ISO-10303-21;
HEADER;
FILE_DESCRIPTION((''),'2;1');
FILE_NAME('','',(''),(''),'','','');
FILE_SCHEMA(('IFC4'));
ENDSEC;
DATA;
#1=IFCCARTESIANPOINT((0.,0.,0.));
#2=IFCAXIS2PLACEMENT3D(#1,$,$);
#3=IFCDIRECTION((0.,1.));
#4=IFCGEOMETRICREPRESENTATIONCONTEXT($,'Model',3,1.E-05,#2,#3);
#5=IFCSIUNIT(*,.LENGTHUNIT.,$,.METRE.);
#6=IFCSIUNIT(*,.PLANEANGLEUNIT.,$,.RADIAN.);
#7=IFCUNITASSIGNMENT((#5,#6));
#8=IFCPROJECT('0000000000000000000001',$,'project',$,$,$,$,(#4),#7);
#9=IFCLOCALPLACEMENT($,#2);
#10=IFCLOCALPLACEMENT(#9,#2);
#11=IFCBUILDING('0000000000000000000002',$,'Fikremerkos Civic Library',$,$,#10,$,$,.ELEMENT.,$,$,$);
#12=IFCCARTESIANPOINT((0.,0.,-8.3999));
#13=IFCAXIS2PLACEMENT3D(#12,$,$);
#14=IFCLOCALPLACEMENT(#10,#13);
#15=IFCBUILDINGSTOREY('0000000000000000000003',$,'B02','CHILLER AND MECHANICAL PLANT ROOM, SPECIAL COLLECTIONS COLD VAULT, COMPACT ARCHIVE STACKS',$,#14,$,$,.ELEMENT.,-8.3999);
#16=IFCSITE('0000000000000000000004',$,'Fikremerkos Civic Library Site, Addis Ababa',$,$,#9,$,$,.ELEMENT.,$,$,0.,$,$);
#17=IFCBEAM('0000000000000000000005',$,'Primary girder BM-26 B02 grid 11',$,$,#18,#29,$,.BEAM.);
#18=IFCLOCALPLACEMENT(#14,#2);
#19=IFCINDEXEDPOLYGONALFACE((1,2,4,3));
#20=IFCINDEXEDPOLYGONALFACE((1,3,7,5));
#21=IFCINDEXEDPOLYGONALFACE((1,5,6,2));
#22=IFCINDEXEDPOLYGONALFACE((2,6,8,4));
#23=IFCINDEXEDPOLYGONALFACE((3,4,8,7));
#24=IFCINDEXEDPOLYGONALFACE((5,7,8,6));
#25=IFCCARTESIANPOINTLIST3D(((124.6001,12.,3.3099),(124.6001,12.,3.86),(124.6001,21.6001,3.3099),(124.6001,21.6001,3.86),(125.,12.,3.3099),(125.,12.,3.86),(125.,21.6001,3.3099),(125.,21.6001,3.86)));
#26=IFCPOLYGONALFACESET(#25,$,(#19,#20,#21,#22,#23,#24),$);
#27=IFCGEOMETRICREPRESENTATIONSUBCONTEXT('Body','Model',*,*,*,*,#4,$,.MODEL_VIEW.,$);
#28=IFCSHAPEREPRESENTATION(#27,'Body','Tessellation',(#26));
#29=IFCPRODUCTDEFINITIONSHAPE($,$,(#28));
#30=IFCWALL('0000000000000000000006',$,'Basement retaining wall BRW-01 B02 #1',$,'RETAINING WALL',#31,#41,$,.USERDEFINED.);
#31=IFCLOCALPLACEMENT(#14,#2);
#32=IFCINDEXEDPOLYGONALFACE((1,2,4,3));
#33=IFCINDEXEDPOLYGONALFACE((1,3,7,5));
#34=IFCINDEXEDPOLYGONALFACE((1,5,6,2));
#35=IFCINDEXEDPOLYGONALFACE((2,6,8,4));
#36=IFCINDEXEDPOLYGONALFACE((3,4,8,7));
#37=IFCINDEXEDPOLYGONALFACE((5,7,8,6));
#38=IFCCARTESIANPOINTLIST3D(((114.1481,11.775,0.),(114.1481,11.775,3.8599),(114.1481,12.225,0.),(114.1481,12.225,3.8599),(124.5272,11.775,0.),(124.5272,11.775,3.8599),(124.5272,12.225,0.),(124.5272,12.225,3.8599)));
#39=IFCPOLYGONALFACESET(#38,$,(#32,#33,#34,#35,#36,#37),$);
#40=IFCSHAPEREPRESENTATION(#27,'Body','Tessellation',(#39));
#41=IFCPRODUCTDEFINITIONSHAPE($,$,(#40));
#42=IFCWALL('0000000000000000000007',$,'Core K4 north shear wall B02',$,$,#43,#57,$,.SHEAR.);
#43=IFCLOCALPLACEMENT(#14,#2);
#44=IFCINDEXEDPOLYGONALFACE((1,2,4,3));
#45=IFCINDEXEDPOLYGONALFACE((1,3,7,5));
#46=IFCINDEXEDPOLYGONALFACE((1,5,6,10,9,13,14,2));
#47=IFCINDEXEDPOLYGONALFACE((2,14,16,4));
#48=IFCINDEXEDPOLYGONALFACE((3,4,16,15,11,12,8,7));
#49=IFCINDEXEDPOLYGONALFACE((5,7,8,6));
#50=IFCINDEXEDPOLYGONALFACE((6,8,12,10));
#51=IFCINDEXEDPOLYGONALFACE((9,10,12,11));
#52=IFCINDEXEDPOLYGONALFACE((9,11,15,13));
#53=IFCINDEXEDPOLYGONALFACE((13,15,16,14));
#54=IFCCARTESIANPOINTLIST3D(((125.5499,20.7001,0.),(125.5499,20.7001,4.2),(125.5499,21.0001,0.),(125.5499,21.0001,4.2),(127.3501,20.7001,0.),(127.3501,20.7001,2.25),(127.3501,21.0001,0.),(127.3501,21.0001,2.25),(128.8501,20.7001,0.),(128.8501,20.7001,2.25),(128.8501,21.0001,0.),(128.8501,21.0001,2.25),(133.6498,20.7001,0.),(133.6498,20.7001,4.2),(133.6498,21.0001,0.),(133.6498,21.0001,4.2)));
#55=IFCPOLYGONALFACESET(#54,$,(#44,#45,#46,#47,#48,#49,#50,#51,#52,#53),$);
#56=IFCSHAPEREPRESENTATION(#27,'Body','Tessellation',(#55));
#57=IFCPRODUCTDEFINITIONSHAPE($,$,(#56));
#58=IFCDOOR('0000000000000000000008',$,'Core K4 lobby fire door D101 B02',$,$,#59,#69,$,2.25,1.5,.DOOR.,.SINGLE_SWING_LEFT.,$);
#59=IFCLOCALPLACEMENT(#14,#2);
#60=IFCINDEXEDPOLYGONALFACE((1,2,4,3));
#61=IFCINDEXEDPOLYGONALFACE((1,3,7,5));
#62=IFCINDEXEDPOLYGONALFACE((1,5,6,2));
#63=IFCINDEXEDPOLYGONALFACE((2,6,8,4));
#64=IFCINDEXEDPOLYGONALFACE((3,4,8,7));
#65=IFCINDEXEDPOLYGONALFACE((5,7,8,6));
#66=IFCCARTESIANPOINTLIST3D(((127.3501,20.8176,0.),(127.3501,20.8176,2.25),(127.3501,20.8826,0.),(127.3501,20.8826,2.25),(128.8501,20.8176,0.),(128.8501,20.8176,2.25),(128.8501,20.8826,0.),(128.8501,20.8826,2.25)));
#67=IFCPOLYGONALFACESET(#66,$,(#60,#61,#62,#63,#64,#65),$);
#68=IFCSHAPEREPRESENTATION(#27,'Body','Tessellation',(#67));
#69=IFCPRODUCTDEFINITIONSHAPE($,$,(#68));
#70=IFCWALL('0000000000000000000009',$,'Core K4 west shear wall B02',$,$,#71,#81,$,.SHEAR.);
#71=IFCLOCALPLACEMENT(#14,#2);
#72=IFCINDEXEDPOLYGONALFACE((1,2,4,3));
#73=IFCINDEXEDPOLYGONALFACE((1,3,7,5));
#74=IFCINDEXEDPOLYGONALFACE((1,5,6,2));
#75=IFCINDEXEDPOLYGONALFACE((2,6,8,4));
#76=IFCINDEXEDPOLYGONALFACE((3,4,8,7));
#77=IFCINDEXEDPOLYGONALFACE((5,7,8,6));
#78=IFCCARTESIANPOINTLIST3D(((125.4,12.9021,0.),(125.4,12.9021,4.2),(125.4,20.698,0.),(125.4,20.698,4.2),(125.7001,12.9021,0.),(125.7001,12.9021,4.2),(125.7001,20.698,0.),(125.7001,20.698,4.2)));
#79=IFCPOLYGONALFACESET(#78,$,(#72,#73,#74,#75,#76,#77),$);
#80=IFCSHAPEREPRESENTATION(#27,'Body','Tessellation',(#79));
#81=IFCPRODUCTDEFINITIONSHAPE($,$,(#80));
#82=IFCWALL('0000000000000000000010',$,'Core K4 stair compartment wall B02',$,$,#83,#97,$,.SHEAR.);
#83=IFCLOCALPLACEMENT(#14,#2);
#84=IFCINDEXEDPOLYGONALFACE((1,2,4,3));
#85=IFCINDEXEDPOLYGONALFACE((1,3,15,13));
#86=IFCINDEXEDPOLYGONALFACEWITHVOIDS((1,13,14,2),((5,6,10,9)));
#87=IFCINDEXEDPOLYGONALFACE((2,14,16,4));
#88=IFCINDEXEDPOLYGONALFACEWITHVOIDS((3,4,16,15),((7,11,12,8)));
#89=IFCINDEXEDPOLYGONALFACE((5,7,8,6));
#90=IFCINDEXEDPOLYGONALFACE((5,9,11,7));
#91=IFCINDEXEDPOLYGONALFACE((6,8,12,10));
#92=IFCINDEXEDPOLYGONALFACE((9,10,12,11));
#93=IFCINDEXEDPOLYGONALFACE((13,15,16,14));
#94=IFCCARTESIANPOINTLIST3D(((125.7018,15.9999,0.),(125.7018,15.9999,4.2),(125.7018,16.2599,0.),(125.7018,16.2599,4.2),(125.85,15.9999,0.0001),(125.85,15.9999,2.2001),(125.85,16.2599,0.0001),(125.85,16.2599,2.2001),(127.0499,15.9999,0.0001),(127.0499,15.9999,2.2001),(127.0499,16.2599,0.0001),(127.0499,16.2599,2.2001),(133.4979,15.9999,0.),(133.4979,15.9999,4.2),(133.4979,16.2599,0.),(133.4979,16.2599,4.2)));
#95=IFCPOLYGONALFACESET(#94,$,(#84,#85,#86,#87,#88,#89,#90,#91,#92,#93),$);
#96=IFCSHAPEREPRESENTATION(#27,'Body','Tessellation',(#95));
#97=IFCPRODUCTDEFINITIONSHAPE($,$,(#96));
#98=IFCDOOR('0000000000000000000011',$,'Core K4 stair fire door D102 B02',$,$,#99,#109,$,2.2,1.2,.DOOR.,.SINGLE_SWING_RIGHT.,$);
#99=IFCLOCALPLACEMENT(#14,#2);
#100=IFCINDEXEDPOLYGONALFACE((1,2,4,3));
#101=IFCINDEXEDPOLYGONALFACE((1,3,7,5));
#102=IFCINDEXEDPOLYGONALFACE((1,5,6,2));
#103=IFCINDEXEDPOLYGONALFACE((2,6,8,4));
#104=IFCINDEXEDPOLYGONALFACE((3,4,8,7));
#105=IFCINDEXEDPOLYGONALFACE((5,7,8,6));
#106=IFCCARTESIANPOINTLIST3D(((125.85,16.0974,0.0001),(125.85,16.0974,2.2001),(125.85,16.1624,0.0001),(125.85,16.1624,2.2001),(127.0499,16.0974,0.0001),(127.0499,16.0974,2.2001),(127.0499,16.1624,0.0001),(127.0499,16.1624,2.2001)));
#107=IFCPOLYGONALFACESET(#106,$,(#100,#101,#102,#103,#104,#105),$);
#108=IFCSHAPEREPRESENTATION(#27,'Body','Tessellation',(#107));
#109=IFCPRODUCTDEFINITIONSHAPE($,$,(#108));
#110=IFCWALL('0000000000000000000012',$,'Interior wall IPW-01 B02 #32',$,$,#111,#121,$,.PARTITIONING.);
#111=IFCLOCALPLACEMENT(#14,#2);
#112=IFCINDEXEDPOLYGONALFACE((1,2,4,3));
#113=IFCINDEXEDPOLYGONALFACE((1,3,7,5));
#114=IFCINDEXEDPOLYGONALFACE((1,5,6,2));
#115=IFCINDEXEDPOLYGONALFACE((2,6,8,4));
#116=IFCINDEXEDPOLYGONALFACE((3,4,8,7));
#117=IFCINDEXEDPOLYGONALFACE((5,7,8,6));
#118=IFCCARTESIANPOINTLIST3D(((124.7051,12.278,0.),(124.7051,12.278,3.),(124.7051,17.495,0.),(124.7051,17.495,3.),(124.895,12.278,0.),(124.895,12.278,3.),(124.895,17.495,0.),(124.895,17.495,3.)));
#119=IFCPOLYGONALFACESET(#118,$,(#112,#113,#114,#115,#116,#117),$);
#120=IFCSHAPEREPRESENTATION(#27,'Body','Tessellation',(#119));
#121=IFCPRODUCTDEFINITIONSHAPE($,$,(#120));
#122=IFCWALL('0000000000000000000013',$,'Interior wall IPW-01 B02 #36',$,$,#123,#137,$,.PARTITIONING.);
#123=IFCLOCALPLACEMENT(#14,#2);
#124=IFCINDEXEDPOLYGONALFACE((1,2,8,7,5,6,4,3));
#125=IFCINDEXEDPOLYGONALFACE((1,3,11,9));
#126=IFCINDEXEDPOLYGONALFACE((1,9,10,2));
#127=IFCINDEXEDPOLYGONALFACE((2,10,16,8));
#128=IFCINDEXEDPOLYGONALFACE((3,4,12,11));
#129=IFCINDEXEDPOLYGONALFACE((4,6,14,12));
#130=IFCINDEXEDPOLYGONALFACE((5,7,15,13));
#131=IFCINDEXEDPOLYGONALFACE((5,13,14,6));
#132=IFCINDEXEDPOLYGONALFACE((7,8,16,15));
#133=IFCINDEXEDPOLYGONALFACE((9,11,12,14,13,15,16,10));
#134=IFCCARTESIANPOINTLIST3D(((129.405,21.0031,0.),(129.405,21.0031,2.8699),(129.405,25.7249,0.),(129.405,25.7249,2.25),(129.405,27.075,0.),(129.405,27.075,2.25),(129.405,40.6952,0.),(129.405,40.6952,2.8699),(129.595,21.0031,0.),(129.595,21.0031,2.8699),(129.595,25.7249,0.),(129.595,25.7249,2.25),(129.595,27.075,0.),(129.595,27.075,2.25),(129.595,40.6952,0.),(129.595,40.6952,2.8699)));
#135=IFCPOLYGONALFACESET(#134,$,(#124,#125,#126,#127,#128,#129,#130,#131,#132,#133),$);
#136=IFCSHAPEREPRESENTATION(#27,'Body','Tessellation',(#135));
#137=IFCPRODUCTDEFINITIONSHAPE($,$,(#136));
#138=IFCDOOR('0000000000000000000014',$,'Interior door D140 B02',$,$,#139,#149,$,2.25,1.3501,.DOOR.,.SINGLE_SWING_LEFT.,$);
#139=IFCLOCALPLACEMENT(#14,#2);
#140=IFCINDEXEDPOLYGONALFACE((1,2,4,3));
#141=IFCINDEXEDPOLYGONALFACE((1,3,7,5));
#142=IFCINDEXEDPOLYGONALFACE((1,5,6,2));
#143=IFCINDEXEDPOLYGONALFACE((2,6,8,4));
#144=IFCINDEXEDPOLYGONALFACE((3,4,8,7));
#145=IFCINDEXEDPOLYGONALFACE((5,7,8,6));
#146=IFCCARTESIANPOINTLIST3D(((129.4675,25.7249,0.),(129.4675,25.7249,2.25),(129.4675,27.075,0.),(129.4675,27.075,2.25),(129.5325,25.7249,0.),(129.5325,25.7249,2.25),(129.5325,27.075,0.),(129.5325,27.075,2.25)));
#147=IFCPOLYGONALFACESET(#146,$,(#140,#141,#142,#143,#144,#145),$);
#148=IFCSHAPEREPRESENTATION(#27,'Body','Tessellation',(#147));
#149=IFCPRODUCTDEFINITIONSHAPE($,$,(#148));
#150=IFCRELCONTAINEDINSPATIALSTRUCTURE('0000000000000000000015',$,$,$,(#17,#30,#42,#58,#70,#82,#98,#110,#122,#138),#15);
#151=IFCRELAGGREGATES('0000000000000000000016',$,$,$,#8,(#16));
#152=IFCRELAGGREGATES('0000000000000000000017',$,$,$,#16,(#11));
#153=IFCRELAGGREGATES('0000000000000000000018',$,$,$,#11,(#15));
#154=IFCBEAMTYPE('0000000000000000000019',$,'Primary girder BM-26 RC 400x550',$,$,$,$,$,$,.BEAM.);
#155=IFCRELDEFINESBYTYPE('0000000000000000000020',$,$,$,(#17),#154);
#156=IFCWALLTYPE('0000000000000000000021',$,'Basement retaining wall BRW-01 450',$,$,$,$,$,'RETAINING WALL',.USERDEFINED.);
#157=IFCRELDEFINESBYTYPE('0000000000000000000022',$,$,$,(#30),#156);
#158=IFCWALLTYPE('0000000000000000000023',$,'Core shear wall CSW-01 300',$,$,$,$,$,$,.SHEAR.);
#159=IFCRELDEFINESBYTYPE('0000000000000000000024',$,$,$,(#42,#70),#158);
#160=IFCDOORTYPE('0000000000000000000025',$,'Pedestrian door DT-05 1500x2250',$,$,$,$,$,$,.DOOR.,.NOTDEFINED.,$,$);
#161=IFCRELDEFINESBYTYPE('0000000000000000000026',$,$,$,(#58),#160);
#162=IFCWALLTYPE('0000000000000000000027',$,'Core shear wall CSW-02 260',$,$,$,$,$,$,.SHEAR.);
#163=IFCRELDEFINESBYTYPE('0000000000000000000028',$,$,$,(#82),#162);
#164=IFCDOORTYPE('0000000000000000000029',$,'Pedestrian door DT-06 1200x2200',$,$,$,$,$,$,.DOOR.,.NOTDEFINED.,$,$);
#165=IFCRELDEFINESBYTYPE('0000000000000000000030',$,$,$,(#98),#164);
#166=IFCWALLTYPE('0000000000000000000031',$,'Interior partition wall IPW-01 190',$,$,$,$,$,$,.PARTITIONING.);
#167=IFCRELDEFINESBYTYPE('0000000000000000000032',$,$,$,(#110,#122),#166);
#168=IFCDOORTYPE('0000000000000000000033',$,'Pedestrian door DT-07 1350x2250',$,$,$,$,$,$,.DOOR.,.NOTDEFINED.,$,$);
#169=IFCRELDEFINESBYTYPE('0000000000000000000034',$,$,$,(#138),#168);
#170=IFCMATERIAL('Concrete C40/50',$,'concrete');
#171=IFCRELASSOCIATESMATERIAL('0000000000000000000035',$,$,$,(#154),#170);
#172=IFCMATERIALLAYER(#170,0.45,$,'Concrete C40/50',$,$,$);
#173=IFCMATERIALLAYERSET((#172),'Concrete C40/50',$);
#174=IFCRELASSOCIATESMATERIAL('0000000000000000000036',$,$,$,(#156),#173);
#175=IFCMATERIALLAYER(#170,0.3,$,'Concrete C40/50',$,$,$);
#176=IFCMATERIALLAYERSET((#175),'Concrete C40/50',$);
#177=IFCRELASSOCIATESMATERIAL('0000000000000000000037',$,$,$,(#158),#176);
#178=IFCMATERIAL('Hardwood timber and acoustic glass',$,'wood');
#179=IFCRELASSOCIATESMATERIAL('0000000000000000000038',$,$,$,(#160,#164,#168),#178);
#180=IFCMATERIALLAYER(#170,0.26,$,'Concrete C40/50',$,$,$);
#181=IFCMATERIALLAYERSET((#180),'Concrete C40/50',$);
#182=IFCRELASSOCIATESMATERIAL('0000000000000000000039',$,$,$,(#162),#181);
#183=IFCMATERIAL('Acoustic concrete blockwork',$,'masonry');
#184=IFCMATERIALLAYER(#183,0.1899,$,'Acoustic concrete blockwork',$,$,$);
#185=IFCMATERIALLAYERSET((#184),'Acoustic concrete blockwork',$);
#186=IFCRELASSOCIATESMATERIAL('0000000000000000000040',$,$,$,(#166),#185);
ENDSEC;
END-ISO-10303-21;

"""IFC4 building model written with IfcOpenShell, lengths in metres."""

from ifc_helpers import new_model, si_unit, direction, frame, frame_2d, origin, origin_2d, place, context, subcontext, project, spatial, rectangle, extrude, material, layer, layer_set, material_profile, profile_set, type_object, element, fill, save


model = new_model("IFC4")

# Units and contexts
model_context = context("Model", 3, precision=1e-05, world=origin(), true_north=direction((0.0, 1.0)))
body_context = subcontext(model_context, "Body", "Model", "MODEL_VIEW")
ifc_project = project(units=[si_unit("LENGTHUNIT", "METRE"), si_unit("PLANEANGLEUNIT", "RADIAN")], contexts=[model_context])

# Site, building, storey
site_placement = place(None, origin())
site = spatial("IfcSite", under=ifc_project, at=site_placement, Name="Fikremerkos Civic Library Site, Addis Ababa", CompositionType="ELEMENT", RefElevation=0.0)
building_placement = place(site_placement, origin())
building = spatial("IfcBuilding", under=site, at=building_placement, Name="Fikremerkos Civic Library", CompositionType="ELEMENT")
storey_placement = place(building_placement, frame((0.0, 0.0, -8.3999)))
storey = spatial("IfcBuildingStorey", under=building, at=storey_placement, Name="B02", Description="CHILLER AND MECHANICAL PLANT ROOM, SPECIAL COLLECTIONS COLD VAULT, COMPACT ARCHIVE STACKS", CompositionType="ELEMENT", Elevation=-8.3999)

# Shared definitions
ifc_material_1 = material(Name="Concrete C40/50", Category="concrete")

# Beam
ifc_material_profile_1 = material_profile(ifc_material_1, rectangle(XDim=0.3999, YDim=0.55, at=origin_2d()), Name="RC 400x550")
ifc_profile_set_1 = profile_set([ifc_material_profile_1], Name="Concrete C40/50")
beam_type_1 = type_object("IfcBeamType", Name="Primary girder BM-26 RC 400x550", PredefinedType="BEAM", material=ifc_profile_set_1)
beam_1_placement = place(storey_placement, frame((124.8, 12.0, 3.585), z_axis=(0.0, 1.0, 0.0), x_axis=(-1.0, 0.0, 0.0)))
element("IfcBeam", 1, at=beam_1_placement, inside=storey, type_object=beam_type_1, Name="Primary girder BM-26 B02 grid 11", PredefinedType="BEAM", context=body_context, shape_type="SweptSolid", body=[
    extrude(rectangle(XDim=0.3999, YDim=0.55, at=origin_2d()), origin(), (0.0, 0.0, 1.0), 9.6001),
])

# Wall
ifc_layer_1 = layer(ifc_material_1, 0.45, Name="Concrete C40/50")
ifc_layer_set_1 = layer_set([ifc_layer_1], Name="Concrete C40/50")
wall_type_1 = type_object("IfcWallType", Name="Basement retaining wall BRW-01 450", ElementType="RETAINING WALL", PredefinedType="USERDEFINED", material=ifc_layer_set_1)
wall_1_placement = place(storey_placement, frame((124.5271, 12.0, 0.0), z_axis=(0.0, 0.0, 1.0), x_axis=(-1.0, 0.0, 0.0)))
element("IfcWall", 2, at=wall_1_placement, inside=storey, type_object=wall_type_1, Name="Basement retaining wall BRW-01 B02 #1", ObjectType="RETAINING WALL", PredefinedType="USERDEFINED", context=body_context, shape_type="SweptSolid", body=[
    extrude(rectangle(XDim=10.3792, YDim=0.45, at=frame_2d((5.1895, 0.0))), origin(), (0.0, 0.0, 1.0), 3.8599),
])

# Wall, opening, door
ifc_layer_2 = layer(ifc_material_1, 0.3, Name="Concrete C40/50")
ifc_layer_set_2 = layer_set([ifc_layer_2], Name="Concrete C40/50")
wall_type_2 = type_object("IfcWallType", Name="Core shear wall CSW-01 300", PredefinedType="SHEAR", material=ifc_layer_set_2)
wall_2_placement = place(storey_placement, frame((125.55, 20.8501, 0.0), z_axis=(0.0, 0.0, 1.0), x_axis=(1.0, 0.0, 0.0)))
wall_2 = element("IfcWall", 3, at=wall_2_placement, inside=storey, type_object=wall_type_2, Name="Core K4 north shear wall B02", PredefinedType="SHEAR", context=body_context, shape_type="SweptSolid", body=[
    extrude(rectangle(XDim=8.0999, YDim=0.3, at=frame_2d((4.0498, 0.0))), origin(), (0.0, 0.0, 1.0), 4.2),
])
opening_1_placement = place(wall_2_placement, frame((1.8, 0.0, 0.0)))
opening_1 = element("IfcOpeningElement", 4, at=opening_1_placement, cuts=wall_2, PredefinedType="OPENING", context=body_context, shape_type="SweptSolid", body=[
    extrude(rectangle(XDim=1.5, YDim=2.25, at=frame_2d((0.75, 1.125))), frame((0.0, 0.1599, 0.0), z_axis=(0.0, -1.0, 0.0), x_axis=(1.0, 0.0, 0.0)), (0.0, 0.0, 1.0), 0.3201),
])
ifc_material_2 = material(Name="Hardwood timber and acoustic glass", Category="wood")
door_type_1 = type_object("IfcDoorType", Name="Pedestrian door DT-05 1500x2250", OperationType="NOTDEFINED", PredefinedType="DOOR", material=ifc_material_2)
door_1_placement = place(opening_1_placement, origin())
door_1 = element("IfcDoor", 5, at=door_1_placement, inside=storey, type_object=door_type_1, Name="Core K4 lobby fire door D101 B02", OperationType="SINGLE_SWING_LEFT", OverallHeight=2.25, OverallWidth=1.5, PredefinedType="DOOR", context=body_context, shape_type="SweptSolid", body=[
    extrude(rectangle(XDim=1.5, YDim=2.25, at=frame_2d((0.75, 1.125))), frame((0.0, 0.0325, 0.0), z_axis=(0.0, -1.0, 0.0), x_axis=(1.0, 0.0, 0.0)), (0.0, 0.0, 1.0), 0.0649),
])
fill(opening_1, door_1)

# Wall
wall_3_placement = place(storey_placement, frame((125.55, 12.9021, 0.0), z_axis=(0.0, 0.0, 1.0), x_axis=(0.0, 1.0, 0.0)))
element("IfcWall", 6, at=wall_3_placement, inside=storey, type_object=wall_type_2, Name="Core K4 west shear wall B02", PredefinedType="SHEAR", context=body_context, shape_type="SweptSolid", body=[
    extrude(rectangle(XDim=7.7959, YDim=0.3, at=frame_2d((3.8979, 0.0))), origin(), (0.0, 0.0, 1.0), 4.2),
])

# Wall, opening, door
ifc_layer_3 = layer(ifc_material_1, 0.26, Name="Concrete C40/50")
ifc_layer_set_3 = layer_set([ifc_layer_3], Name="Concrete C40/50")
wall_type_3 = type_object("IfcWallType", Name="Core shear wall CSW-02 260", PredefinedType="SHEAR", material=ifc_layer_set_3)
wall_4_placement = place(storey_placement, frame((125.7019, 16.1299, 0.0), z_axis=(0.0, 0.0, 1.0), x_axis=(1.0, 0.0, 0.0)))
wall_4 = element("IfcWall", 7, at=wall_4_placement, inside=storey, type_object=wall_type_3, Name="Core K4 stair compartment wall B02", PredefinedType="SHEAR", context=body_context, shape_type="SweptSolid", body=[
    extrude(rectangle(XDim=7.7961, YDim=0.26, at=frame_2d((3.8979, 0.0))), origin(), (0.0, 0.0, 1.0), 4.2),
])
opening_2_placement = place(wall_4_placement, frame((0.1479, 0.0, 0.0)))
opening_2 = element("IfcOpeningElement", 8, at=opening_2_placement, cuts=wall_4, PredefinedType="OPENING", context=body_context, shape_type="SweptSolid", body=[
    extrude(rectangle(XDim=1.2, YDim=2.2, at=frame_2d((0.6001, 1.1001))), frame((0.0, 0.1399, 0.0), z_axis=(0.0, -1.0, 0.0), x_axis=(1.0, 0.0, 0.0)), (0.0, 0.0, 1.0), 0.28),
])
door_type_2 = type_object("IfcDoorType", Name="Pedestrian door DT-06 1200x2200", OperationType="NOTDEFINED", PredefinedType="DOOR", material=ifc_material_2)
door_2_placement = place(opening_2_placement, origin())
door_2 = element("IfcDoor", 9, at=door_2_placement, inside=storey, type_object=door_type_2, Name="Core K4 stair fire door D102 B02", OperationType="SINGLE_SWING_RIGHT", OverallHeight=2.2, OverallWidth=1.2, PredefinedType="DOOR", context=body_context, shape_type="SweptSolid", body=[
    extrude(rectangle(XDim=1.2, YDim=2.2, at=frame_2d((0.6001, 1.1001))), frame((0.0, 0.0325, 0.0), z_axis=(0.0, -1.0, 0.0), x_axis=(1.0, 0.0, 0.0)), (0.0, 0.0, 1.0), 0.0649),
])
fill(opening_2, door_2)

# Wall
ifc_material_3 = material(Name="Acoustic concrete blockwork", Category="masonry")
ifc_layer_4 = layer(ifc_material_3, 0.1899, Name="Acoustic concrete blockwork")
ifc_layer_set_4 = layer_set([ifc_layer_4], Name="Acoustic concrete blockwork")
wall_type_4 = type_object("IfcWallType", Name="Interior partition wall IPW-01 190", PredefinedType="PARTITIONING", material=ifc_layer_set_4)
wall_5_placement = place(storey_placement, frame((124.8, 12.2781, 0.0), z_axis=(0.0, 0.0, 1.0), x_axis=(0.0, 1.0, 0.0)))
element("IfcWall", 10, at=wall_5_placement, inside=storey, type_object=wall_type_4, Name="Interior wall IPW-01 B02 #32", PredefinedType="PARTITIONING", context=body_context, shape_type="SweptSolid", body=[
    extrude(rectangle(XDim=5.217, YDim=0.1899, at=frame_2d((2.6084, 0.0))), origin(), (0.0, 0.0, 1.0), 3.0),
])

# Wall, opening, door
wall_6_placement = place(storey_placement, frame((129.5, 21.0029, 0.0), z_axis=(0.0, 0.0, 1.0), x_axis=(0.0, 1.0, 0.0)))
wall_6 = element("IfcWall", 11, at=wall_6_placement, inside=storey, type_object=wall_type_4, Name="Interior wall IPW-01 B02 #36", PredefinedType="PARTITIONING", context=body_context, shape_type="SweptSolid", body=[
    extrude(rectangle(XDim=19.6921, YDim=0.1899, at=frame_2d((9.8462, 0.0))), origin(), (0.0, 0.0, 1.0), 2.8699),
])
opening_3_placement = place(wall_6_placement, frame((4.7219, 0.0, 0.0)))
opening_3 = element("IfcOpeningElement", 12, at=opening_3_placement, cuts=wall_6, PredefinedType="OPENING", context=body_context, shape_type="SweptSolid", body=[
    extrude(rectangle(XDim=1.3501, YDim=2.25, at=frame_2d((0.675, 1.125))), frame((0.0, 0.105, 0.0), z_axis=(0.0, -1.0, 0.0), x_axis=(1.0, 0.0, 0.0)), (0.0, 0.0, 1.0), 0.21),
])
door_type_3 = type_object("IfcDoorType", Name="Pedestrian door DT-07 1350x2250", OperationType="NOTDEFINED", PredefinedType="DOOR", material=ifc_material_2)
door_3_placement = place(opening_3_placement, origin())
door_3 = element("IfcDoor", 13, at=door_3_placement, inside=storey, type_object=door_type_3, Name="Interior door D140 B02", OperationType="SINGLE_SWING_LEFT", OverallHeight=2.25, OverallWidth=1.3501, PredefinedType="DOOR", context=body_context, shape_type="SweptSolid", body=[
    extrude(rectangle(XDim=1.3501, YDim=2.25, at=frame_2d((0.675, 1.125))), frame((0.0, 0.0325, 0.0), z_axis=(0.0, -1.0, 0.0), x_axis=(1.0, 0.0, 0.0)), (0.0, 0.0, 1.0), 0.0649),
])
fill(opening_3, door_3)

save(model, "model.ifc")
